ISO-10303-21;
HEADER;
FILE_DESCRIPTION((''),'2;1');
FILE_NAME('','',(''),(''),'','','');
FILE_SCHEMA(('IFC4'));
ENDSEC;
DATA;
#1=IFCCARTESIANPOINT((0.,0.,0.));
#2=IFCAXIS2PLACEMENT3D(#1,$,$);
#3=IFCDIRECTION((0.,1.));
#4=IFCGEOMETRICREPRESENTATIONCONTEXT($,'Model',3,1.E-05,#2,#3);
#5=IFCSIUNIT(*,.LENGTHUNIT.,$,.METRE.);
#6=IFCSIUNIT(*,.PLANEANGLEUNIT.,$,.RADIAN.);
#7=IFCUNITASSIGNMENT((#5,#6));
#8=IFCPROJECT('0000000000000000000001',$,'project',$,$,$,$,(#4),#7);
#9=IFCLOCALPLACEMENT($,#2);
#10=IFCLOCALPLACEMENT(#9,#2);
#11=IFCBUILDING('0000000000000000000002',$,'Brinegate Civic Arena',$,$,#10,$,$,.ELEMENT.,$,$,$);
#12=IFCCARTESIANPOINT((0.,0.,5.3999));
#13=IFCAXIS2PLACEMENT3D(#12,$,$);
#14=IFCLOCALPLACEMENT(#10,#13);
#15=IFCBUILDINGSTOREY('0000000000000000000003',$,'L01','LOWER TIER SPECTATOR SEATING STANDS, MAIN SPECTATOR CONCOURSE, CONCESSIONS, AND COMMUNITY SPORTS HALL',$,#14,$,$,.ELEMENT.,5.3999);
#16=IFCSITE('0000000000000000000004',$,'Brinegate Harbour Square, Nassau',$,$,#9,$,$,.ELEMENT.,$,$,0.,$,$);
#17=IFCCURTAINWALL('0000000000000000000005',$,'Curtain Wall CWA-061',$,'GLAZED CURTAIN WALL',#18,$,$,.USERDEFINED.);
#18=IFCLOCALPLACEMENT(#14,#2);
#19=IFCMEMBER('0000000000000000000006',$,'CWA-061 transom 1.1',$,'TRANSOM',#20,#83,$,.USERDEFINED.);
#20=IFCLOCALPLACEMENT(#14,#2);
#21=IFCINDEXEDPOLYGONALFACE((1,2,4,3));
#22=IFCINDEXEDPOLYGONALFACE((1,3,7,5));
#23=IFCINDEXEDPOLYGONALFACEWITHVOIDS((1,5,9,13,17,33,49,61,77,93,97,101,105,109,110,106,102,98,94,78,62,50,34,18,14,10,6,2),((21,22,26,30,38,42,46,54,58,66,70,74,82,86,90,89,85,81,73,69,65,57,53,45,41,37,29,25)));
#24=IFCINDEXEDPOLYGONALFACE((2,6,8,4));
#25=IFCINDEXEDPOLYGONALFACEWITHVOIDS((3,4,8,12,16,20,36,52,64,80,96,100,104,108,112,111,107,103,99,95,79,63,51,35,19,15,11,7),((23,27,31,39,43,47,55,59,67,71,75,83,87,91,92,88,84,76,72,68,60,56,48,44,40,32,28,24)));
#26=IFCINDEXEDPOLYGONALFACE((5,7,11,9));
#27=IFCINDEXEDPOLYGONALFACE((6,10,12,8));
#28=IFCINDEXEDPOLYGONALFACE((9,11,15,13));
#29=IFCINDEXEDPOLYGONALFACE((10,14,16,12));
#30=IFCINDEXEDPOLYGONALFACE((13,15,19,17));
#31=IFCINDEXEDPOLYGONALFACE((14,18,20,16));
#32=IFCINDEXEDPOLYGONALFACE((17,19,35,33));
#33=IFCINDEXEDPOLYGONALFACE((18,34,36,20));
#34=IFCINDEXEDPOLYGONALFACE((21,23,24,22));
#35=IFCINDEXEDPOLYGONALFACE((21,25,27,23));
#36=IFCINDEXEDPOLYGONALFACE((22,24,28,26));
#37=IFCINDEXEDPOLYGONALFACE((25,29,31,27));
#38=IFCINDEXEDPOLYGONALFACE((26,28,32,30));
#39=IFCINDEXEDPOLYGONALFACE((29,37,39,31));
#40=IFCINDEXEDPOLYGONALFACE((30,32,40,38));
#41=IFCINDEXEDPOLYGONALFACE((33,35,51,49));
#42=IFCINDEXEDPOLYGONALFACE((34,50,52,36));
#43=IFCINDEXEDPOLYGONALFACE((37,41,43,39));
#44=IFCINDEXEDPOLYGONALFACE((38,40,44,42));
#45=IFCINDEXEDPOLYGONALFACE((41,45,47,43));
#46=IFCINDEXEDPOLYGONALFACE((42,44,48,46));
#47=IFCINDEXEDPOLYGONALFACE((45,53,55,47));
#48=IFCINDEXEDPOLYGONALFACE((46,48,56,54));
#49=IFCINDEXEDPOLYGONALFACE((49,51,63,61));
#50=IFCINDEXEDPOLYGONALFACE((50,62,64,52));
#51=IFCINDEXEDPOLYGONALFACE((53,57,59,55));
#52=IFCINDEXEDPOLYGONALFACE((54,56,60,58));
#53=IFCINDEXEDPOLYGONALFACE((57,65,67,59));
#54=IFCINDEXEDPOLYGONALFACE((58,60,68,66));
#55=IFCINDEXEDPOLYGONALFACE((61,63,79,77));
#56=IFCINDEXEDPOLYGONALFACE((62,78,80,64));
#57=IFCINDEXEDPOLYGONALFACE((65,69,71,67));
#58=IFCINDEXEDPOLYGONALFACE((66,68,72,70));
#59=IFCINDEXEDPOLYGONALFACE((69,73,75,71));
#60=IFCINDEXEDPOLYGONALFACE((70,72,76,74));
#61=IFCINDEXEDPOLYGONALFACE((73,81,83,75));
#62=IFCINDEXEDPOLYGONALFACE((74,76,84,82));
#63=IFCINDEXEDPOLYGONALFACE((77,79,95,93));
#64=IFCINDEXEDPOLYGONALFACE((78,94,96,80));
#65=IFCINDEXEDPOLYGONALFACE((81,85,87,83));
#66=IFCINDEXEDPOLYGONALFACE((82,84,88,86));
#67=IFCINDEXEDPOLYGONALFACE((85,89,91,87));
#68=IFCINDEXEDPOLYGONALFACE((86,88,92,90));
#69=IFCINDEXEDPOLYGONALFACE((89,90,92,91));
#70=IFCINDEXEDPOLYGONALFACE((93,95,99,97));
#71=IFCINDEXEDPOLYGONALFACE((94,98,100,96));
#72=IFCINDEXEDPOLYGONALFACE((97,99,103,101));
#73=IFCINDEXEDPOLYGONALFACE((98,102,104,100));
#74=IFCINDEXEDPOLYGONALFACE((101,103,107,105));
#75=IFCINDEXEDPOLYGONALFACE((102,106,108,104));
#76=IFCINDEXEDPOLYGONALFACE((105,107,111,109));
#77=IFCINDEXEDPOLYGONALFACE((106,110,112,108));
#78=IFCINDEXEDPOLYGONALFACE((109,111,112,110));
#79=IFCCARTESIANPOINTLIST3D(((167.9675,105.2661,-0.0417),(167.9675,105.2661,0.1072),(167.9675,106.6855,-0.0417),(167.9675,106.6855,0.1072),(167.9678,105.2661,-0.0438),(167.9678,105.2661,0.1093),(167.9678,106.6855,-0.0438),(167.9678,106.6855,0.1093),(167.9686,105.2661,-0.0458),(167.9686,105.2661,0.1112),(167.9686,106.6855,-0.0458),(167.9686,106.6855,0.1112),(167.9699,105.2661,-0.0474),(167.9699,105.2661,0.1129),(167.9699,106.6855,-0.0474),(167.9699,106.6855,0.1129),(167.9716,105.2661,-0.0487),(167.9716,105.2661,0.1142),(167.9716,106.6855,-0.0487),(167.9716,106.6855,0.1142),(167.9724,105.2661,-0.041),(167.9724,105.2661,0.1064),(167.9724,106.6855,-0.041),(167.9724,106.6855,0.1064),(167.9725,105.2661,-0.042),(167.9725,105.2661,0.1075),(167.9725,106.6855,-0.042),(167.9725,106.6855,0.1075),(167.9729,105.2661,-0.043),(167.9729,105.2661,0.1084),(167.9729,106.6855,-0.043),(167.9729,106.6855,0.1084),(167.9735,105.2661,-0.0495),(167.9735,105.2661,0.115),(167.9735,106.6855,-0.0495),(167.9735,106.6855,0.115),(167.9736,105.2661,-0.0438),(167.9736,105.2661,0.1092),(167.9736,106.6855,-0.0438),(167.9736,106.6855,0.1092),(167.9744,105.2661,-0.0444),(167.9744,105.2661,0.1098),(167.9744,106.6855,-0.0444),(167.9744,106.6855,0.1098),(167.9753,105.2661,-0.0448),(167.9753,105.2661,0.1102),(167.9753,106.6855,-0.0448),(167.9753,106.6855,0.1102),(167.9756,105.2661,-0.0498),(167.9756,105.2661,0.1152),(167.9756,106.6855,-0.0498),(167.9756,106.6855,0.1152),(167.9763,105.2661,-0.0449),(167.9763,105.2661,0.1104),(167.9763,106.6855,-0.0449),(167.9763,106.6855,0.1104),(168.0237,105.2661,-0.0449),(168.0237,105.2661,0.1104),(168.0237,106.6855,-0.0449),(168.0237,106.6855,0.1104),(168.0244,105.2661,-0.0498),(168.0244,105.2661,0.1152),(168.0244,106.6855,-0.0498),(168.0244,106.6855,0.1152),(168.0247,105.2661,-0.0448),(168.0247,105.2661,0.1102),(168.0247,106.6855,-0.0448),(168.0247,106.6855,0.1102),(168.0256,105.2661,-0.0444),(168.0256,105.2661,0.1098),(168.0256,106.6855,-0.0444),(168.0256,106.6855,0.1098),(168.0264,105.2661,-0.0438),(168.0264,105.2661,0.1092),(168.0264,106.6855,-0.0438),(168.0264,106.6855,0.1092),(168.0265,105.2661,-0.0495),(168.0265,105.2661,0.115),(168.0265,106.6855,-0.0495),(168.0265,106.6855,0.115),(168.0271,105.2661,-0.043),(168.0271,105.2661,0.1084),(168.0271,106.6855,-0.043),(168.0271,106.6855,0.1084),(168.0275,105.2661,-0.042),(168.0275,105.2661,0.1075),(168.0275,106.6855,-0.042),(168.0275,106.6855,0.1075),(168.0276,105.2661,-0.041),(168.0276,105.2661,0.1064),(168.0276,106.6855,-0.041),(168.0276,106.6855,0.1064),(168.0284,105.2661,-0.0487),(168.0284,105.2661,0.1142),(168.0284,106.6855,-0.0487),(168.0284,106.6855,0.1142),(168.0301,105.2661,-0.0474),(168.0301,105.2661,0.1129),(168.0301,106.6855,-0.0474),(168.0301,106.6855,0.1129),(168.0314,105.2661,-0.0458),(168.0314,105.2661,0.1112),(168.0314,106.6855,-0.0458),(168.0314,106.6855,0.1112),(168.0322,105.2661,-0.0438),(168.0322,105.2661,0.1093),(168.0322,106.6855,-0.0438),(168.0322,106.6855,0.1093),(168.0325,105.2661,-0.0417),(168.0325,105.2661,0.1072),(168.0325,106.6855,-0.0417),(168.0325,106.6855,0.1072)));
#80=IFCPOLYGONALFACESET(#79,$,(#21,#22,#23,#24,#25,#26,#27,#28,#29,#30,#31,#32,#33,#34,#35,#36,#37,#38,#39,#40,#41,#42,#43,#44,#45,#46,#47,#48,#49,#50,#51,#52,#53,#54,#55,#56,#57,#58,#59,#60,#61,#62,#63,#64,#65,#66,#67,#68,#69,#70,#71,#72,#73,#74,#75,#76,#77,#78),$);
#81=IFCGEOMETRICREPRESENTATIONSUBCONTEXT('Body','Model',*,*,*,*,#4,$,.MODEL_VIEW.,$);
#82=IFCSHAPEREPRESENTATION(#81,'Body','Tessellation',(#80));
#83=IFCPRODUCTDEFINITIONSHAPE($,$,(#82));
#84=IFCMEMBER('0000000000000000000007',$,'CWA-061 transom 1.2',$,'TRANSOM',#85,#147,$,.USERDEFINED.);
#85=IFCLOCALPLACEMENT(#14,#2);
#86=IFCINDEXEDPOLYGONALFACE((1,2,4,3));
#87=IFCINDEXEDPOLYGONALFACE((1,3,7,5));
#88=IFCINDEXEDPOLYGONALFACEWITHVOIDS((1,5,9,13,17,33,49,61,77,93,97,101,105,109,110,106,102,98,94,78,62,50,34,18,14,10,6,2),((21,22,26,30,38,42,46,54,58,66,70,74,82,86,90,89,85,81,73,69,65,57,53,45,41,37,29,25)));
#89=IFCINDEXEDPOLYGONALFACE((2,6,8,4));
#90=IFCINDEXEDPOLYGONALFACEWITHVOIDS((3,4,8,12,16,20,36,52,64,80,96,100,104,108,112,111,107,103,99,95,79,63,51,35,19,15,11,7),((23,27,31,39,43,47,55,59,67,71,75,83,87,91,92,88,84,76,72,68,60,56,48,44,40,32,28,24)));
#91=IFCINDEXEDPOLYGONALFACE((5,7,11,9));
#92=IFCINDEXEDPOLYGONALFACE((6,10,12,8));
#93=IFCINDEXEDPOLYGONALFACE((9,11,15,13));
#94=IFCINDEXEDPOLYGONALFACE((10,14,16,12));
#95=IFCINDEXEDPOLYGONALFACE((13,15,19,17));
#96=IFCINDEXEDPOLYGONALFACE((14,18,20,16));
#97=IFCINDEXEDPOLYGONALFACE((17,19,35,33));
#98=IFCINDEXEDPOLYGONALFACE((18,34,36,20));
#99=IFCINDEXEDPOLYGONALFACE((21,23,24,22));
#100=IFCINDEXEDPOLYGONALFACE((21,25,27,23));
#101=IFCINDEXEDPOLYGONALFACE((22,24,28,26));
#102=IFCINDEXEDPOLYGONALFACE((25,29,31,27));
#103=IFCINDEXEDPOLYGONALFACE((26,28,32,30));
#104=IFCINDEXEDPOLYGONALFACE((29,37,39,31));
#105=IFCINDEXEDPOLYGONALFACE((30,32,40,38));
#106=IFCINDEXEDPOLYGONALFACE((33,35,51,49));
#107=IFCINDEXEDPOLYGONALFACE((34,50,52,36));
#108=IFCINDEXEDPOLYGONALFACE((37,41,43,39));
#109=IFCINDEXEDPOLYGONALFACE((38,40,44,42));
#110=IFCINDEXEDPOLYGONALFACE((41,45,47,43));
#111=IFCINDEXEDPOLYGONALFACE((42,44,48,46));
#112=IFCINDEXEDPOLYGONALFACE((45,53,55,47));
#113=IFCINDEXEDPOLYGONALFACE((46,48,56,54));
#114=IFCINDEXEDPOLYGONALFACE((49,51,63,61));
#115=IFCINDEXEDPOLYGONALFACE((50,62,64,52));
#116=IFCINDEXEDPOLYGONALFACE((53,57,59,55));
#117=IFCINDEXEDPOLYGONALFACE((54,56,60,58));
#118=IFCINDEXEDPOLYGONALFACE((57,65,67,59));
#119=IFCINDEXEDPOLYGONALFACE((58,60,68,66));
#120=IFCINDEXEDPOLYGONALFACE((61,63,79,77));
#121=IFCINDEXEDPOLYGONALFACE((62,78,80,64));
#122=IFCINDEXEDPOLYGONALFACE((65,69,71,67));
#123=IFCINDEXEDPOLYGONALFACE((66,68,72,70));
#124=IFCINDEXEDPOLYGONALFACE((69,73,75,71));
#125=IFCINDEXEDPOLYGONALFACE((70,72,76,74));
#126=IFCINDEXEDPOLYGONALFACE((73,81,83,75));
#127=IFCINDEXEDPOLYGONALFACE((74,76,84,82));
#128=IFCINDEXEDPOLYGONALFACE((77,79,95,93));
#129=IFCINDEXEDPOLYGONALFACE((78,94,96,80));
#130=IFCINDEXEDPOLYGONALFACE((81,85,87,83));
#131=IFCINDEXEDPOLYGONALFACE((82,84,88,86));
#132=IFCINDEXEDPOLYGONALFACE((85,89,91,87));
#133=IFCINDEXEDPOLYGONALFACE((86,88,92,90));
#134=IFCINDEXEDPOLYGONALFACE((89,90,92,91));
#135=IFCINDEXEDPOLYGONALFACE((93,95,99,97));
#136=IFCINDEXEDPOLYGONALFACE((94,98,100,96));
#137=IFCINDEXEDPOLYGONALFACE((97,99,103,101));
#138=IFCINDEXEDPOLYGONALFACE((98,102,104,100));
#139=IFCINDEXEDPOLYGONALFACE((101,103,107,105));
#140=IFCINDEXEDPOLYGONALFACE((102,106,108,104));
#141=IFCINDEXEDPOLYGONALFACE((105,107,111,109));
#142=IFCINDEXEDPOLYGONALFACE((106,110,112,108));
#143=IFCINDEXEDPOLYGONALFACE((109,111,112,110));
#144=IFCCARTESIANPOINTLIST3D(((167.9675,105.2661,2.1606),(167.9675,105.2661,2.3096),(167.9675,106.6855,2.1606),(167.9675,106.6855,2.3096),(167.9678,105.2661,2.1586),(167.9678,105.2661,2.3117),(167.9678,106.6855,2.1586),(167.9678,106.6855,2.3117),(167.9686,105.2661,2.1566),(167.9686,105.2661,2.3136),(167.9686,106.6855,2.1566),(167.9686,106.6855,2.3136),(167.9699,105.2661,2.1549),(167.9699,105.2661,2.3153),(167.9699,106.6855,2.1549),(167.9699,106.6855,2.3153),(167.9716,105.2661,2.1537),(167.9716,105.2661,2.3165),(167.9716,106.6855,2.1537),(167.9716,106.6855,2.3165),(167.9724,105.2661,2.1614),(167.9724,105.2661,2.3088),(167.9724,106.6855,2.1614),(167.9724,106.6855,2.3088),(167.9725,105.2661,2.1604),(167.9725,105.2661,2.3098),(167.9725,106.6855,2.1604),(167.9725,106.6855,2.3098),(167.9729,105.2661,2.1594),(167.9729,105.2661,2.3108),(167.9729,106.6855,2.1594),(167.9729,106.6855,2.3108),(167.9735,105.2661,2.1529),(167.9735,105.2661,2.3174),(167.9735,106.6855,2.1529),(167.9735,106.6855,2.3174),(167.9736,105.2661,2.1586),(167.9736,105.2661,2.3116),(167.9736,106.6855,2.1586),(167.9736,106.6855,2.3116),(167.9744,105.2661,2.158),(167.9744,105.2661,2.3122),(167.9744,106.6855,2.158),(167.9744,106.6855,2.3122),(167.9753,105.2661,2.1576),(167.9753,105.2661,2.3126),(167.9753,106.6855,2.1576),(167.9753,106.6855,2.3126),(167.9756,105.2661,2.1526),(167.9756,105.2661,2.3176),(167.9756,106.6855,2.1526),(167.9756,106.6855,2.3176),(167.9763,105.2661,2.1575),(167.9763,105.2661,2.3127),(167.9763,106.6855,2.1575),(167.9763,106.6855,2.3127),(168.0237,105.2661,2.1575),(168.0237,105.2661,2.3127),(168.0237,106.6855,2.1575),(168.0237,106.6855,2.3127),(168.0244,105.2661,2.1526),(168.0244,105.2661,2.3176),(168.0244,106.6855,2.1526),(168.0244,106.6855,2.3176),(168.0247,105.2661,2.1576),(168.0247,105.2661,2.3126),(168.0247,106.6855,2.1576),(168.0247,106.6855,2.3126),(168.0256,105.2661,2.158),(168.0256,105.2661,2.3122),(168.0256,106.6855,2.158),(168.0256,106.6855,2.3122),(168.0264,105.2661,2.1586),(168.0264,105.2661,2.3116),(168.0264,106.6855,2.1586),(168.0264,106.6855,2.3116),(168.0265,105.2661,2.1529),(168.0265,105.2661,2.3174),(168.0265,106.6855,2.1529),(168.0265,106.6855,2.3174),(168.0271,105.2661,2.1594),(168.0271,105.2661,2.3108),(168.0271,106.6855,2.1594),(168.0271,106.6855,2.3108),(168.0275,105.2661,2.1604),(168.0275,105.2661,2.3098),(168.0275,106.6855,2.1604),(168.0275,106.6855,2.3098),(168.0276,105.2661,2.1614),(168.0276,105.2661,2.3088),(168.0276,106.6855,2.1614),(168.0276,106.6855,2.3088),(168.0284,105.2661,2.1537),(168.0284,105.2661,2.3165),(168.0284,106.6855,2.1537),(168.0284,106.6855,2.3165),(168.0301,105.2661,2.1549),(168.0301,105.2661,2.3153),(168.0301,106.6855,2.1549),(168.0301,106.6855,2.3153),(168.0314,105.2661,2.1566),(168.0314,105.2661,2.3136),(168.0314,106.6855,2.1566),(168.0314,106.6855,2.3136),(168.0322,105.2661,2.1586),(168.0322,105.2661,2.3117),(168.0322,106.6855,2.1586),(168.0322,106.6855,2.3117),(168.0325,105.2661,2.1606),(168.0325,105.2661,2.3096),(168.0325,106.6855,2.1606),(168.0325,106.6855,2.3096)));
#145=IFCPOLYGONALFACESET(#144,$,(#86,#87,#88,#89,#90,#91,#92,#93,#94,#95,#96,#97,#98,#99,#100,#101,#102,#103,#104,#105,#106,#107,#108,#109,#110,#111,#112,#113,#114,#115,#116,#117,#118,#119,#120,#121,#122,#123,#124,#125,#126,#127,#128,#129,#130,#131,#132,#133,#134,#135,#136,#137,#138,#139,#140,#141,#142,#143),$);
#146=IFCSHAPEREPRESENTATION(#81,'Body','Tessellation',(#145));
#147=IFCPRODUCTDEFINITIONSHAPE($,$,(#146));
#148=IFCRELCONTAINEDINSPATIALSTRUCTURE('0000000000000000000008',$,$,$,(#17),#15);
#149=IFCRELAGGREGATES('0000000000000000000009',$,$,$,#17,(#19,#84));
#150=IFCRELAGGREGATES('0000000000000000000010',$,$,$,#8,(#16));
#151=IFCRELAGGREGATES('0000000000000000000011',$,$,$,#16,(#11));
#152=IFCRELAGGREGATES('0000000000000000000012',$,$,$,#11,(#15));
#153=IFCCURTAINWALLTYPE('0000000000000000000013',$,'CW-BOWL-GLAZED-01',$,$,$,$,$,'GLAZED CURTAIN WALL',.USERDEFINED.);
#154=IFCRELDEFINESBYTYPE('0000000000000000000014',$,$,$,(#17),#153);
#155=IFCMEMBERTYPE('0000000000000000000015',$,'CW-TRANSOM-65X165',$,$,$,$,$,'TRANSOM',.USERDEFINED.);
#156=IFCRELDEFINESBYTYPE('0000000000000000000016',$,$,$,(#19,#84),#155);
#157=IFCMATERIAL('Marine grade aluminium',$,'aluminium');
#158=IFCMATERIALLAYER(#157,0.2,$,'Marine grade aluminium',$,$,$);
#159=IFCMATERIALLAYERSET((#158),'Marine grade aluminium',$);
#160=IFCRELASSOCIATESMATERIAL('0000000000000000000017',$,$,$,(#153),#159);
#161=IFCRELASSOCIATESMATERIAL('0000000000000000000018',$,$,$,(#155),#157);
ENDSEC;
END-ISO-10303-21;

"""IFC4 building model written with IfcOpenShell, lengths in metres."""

from ifc_helpers import new_model, si_unit, direction, frame, origin, origin_2d, place, context, subcontext, project, spatial, hollow_rectangle, extrude, material, layer, layer_set, material_profile, profile_set, type_object, element, aggregate, save


model = new_model("IFC4")

# Units and contexts
model_context = context("Model", 3, precision=1e-05, world=origin(), true_north=direction((0.0, 1.0)))
body_context = subcontext(model_context, "Body", "Model", "MODEL_VIEW")
ifc_project = project(units=[si_unit("LENGTHUNIT", "METRE"), si_unit("PLANEANGLEUNIT", "RADIAN")], contexts=[model_context])

# Site, building, storey
site_placement = place(None, origin())
site = spatial("IfcSite", under=ifc_project, at=site_placement, Name="Brinegate Harbour Square, Nassau", CompositionType="ELEMENT", RefElevation=0.0)
building_placement = place(site_placement, origin())
building = spatial("IfcBuilding", under=site, at=building_placement, Name="Brinegate Civic Arena", CompositionType="ELEMENT")
storey_placement = place(building_placement, frame((0.0, 0.0, 5.3999)))
storey = spatial("IfcBuildingStorey", under=building, at=storey_placement, Name="L01", Description="LOWER TIER SPECTATOR SEATING STANDS, MAIN SPECTATOR CONCOURSE, CONCESSIONS, AND COMMUNITY SPORTS HALL", CompositionType="ELEMENT", Elevation=5.3999)

# Shared definitions
ifc_material_1 = material(Name="Marine grade aluminium", Category="aluminium")
ifc_layer_1 = layer(ifc_material_1, 0.2, Name="Marine grade aluminium")
ifc_layer_set_1 = layer_set([ifc_layer_1], Name="Marine grade aluminium")
curtain_wall_type = type_object("IfcCurtainWallType", Name="CW-BOWL-GLAZED-01", ElementType="GLAZED CURTAIN WALL", PredefinedType="USERDEFINED", material=ifc_layer_set_1)

# Curtain wall, members
curtain_wall_1_placement = place(storey_placement, origin())
curtain_wall_1 = element("IfcCurtainWall", 1, at=curtain_wall_1_placement, inside=storey, type_object=curtain_wall_type, Name="Curtain Wall CWA-061", ObjectType="GLAZED CURTAIN WALL", PredefinedType="USERDEFINED")
ifc_material_profile_1 = material_profile(ifc_material_1, hollow_rectangle(XDim=0.0649, YDim=0.165, WallThickness=0.0049, InnerFilletRadius=0.0039, OuterFilletRadius=0.0081, at=origin_2d()), Name="TRN65X165")
ifc_profile_set_1 = profile_set([ifc_material_profile_1], Name="Marine grade aluminium")
member_type_1 = type_object("IfcMemberType", Name="CW-TRANSOM-65X165", ElementType="TRANSOM", PredefinedType="USERDEFINED", material=ifc_profile_set_1)
member_1_placement = place(storey_placement, frame((168.0, 105.2661, 0.0327), z_axis=(0.0, 1.0, 0.0), x_axis=(-1.0, 0.0, 0.0)))
member_1 = element("IfcMember", 2, at=member_1_placement, type_object=member_type_1, Name="CWA-061 transom 1.1", ObjectType="TRANSOM", PredefinedType="USERDEFINED", context=body_context, shape_type="SweptSolid", body=[
    extrude(hollow_rectangle(XDim=0.0649, YDim=0.165, WallThickness=0.0049, InnerFilletRadius=0.0039, OuterFilletRadius=0.0081, at=origin_2d()), origin(), (0.0, 0.0, 1.0), 1.4194),
])
member_2_placement = place(storey_placement, frame((168.0, 105.2661, 2.2351), z_axis=(0.0, 1.0, 0.0), x_axis=(-1.0, 0.0, 0.0)))
member_2 = element("IfcMember", 3, at=member_2_placement, type_object=member_type_1, Name="CWA-061 transom 1.2", ObjectType="TRANSOM", PredefinedType="USERDEFINED", context=body_context, shape_type="SweptSolid", body=[
    extrude(hollow_rectangle(XDim=0.0649, YDim=0.165, WallThickness=0.0049, InnerFilletRadius=0.0039, OuterFilletRadius=0.0081, at=origin_2d()), origin(), (0.0, 0.0, 1.0), 1.4194),
])

aggregate(curtain_wall_1, [member_1, member_2])

save(model, "model.ifc")
